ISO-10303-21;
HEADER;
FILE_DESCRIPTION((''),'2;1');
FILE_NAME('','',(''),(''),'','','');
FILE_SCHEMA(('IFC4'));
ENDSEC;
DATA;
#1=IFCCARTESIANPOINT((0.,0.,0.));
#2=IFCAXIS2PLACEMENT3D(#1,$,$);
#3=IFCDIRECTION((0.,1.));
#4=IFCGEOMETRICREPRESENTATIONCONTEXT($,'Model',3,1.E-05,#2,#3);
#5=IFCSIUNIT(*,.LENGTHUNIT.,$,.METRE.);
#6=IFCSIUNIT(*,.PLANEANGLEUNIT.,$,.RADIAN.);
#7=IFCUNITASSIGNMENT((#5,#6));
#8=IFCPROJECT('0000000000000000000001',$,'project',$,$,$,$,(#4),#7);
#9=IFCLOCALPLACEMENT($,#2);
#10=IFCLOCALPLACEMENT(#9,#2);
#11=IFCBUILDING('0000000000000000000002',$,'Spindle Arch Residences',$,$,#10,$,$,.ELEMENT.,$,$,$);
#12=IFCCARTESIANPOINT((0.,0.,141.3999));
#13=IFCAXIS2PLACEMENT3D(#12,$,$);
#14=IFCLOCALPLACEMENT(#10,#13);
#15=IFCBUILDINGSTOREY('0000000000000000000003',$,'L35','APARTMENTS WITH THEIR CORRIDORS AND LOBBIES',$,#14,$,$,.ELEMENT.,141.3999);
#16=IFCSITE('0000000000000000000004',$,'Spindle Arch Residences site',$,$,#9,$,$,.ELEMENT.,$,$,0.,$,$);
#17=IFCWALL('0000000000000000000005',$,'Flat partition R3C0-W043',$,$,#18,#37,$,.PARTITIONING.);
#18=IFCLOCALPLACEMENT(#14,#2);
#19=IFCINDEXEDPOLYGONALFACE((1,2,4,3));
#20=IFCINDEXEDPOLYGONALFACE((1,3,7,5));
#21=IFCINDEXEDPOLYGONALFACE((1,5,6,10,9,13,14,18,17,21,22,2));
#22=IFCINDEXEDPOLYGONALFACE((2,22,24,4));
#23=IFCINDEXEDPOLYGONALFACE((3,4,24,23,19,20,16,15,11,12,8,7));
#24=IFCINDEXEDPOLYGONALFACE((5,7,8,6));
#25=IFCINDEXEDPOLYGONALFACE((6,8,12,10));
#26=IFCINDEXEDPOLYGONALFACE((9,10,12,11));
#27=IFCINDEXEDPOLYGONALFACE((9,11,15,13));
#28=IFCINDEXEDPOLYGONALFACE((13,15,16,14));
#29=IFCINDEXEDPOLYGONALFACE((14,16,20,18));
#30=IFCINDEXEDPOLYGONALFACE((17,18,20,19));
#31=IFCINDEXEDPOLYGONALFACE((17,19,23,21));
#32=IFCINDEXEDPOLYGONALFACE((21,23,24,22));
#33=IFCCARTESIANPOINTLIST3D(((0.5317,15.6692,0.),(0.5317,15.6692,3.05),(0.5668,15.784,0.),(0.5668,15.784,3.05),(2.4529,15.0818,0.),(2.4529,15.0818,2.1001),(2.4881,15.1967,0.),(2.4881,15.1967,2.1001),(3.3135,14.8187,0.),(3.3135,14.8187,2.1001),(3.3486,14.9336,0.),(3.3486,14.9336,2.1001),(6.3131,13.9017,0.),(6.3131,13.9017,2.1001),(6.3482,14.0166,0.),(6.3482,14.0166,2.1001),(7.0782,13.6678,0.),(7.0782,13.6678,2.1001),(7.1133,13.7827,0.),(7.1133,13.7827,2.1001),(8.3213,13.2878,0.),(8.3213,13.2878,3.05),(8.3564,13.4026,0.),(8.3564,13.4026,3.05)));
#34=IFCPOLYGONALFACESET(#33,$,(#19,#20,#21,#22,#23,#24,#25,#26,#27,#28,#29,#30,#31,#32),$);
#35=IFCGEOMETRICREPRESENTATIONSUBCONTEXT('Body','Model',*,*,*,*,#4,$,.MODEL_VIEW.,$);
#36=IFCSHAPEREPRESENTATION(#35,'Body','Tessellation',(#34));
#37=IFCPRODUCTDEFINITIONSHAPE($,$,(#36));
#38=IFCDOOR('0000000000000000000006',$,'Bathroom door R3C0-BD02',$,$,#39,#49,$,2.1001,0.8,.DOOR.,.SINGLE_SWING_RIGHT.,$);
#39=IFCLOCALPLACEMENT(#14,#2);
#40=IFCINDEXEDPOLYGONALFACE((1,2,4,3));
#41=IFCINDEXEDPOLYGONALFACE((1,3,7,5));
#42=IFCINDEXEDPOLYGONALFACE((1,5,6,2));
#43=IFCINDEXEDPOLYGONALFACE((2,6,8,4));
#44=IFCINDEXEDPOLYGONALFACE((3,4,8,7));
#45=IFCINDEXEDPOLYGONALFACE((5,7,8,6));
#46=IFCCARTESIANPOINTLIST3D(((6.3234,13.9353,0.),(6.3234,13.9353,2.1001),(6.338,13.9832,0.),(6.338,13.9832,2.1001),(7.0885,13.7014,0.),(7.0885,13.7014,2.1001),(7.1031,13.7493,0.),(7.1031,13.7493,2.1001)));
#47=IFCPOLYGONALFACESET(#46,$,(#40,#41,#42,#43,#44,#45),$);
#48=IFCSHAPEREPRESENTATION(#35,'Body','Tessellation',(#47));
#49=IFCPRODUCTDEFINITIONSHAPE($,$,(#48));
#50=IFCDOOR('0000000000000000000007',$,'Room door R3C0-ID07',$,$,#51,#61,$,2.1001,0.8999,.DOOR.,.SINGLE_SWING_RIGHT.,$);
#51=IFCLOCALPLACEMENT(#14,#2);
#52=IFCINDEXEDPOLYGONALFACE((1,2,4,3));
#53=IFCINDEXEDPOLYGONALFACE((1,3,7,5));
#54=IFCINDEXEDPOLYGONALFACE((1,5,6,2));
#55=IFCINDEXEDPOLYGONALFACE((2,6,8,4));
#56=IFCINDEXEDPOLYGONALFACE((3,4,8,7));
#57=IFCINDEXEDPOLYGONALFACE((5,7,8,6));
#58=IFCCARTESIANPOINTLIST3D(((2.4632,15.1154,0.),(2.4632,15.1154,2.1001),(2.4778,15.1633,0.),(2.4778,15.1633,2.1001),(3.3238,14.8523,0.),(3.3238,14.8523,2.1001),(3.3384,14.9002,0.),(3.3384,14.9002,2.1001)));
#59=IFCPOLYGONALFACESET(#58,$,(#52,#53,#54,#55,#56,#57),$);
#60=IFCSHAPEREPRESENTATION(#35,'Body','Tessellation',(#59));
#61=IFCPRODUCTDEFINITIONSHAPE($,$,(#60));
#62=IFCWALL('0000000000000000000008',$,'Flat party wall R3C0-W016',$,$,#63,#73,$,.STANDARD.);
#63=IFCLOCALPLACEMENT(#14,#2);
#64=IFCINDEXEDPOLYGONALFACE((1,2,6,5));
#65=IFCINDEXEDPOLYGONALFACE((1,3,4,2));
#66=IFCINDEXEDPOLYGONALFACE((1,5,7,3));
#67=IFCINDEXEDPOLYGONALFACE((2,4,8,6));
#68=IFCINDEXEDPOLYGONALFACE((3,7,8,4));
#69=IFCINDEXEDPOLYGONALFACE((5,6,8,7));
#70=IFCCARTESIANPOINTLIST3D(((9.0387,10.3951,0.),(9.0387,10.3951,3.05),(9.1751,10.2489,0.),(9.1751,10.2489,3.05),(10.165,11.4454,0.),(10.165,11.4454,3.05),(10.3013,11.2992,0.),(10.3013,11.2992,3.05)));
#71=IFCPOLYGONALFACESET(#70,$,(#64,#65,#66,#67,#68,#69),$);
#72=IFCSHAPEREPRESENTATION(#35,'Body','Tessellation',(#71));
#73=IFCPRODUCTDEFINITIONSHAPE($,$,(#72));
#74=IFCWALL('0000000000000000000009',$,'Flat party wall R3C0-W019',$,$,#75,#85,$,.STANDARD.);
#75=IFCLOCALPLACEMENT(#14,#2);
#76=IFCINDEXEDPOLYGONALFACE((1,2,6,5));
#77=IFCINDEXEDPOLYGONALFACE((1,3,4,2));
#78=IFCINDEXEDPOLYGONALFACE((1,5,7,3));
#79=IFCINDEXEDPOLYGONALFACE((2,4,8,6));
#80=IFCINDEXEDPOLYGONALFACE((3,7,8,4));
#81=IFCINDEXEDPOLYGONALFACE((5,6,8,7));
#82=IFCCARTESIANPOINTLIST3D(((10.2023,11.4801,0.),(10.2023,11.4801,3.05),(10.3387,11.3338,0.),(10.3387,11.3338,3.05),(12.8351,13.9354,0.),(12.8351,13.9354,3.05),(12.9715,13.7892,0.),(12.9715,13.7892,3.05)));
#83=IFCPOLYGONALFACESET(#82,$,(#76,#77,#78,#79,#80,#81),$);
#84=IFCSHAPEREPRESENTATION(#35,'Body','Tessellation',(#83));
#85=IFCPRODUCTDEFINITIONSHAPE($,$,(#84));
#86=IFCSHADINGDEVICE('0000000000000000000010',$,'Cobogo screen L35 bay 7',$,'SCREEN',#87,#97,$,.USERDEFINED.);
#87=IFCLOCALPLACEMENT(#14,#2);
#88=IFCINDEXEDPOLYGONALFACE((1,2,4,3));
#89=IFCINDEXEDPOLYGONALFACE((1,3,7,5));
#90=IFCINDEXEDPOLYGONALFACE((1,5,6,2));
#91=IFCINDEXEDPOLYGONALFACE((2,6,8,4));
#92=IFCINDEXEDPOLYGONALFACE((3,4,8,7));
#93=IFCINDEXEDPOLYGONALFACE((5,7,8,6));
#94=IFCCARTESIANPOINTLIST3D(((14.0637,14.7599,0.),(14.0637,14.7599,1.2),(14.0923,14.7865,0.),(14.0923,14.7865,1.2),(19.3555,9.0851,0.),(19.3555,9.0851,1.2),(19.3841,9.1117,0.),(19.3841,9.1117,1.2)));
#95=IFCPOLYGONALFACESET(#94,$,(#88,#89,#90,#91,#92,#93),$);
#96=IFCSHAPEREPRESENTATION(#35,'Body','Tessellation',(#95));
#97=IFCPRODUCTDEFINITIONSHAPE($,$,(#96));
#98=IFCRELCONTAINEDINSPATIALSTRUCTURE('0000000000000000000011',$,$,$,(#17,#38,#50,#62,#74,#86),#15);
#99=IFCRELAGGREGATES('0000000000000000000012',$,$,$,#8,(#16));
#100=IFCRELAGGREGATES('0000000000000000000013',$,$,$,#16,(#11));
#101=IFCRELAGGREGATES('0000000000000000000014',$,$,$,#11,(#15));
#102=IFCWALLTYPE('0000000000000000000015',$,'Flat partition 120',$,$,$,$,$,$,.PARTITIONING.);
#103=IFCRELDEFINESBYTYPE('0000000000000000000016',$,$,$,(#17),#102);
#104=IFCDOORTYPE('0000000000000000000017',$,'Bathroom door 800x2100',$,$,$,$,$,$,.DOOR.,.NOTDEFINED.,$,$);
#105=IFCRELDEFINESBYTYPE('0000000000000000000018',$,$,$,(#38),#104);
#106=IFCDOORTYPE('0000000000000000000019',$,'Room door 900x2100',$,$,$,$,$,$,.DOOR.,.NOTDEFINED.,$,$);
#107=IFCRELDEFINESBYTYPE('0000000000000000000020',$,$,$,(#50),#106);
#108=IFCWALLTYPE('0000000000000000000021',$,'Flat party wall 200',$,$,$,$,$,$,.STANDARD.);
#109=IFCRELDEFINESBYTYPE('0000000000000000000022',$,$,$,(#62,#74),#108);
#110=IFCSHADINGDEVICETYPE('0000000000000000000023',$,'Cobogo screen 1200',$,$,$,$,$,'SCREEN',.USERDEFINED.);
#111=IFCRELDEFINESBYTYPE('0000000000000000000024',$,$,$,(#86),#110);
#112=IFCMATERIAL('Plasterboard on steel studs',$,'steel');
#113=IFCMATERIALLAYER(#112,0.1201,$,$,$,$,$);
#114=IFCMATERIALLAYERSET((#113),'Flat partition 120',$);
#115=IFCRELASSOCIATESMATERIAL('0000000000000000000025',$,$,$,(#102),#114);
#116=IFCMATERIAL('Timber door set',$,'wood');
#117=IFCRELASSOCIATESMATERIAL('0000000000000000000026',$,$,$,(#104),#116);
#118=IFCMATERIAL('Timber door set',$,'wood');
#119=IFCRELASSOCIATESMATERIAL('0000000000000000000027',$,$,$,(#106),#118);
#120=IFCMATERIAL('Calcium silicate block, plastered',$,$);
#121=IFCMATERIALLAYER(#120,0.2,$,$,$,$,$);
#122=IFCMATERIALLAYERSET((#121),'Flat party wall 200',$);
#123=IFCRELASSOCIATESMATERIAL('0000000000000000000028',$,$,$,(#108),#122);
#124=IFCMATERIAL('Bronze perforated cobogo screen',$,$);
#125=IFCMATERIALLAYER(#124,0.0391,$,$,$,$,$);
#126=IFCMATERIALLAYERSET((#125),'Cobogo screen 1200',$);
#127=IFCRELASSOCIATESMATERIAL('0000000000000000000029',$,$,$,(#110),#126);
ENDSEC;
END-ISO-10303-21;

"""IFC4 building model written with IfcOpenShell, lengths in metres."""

from ifc_helpers import new_model, si_unit, direction, frame, frame_2d, origin, origin_2d, place, context, subcontext, project, spatial, rectangle, extrude, material, layer, layer_set, type_object, element, fill, save


model = new_model("IFC4")

# Units and contexts
model_context = context("Model", 3, precision=1e-05, world=origin(), true_north=direction((0.0, 1.0)))
body_context = subcontext(model_context, "Body", "Model", "MODEL_VIEW")
ifc_project = project(units=[si_unit("LENGTHUNIT", "METRE"), si_unit("PLANEANGLEUNIT", "RADIAN")], contexts=[model_context])

# Site, building, storey
site_placement = place(None, origin())
site = spatial("IfcSite", under=ifc_project, at=site_placement, Name="Spindle Arch Residences site", CompositionType="ELEMENT", RefElevation=0.0)
building_placement = place(site_placement, origin())
building = spatial("IfcBuilding", under=site, at=building_placement, Name="Spindle Arch Residences", CompositionType="ELEMENT")
storey_placement = place(building_placement, frame((0.0, 0.0, 141.3999)))
storey = spatial("IfcBuildingStorey", under=building, at=storey_placement, Name="L35", Description="APARTMENTS WITH THEIR CORRIDORS AND LOBBIES", CompositionType="ELEMENT", Elevation=141.3999)

# Wall, openings, doors
ifc_material_1 = material(Name="Plasterboard on steel studs", Category="steel")
ifc_layer_1 = layer(ifc_material_1, 0.1201)
ifc_layer_set_1 = layer_set([ifc_layer_1], Name="Flat partition 120")
wall_type_1 = type_object("IfcWallType", Name="Flat partition 120", PredefinedType="PARTITIONING", material=ifc_layer_set_1)
wall_1_placement = place(storey_placement, frame((8.3389, 13.3452, 0.0), z_axis=(0.0, 0.0, 1.0), x_axis=(-0.95631, 0.292354, 0.0)))
wall_1 = element("IfcWall", 1, at=wall_1_placement, inside=storey, type_object=wall_type_1, Name="Flat partition R3C0-W043", PredefinedType="PARTITIONING", context=body_context, shape_type="SweptSolid", body=[
    extrude(rectangle(XDim=8.1455, YDim=0.1201, at=frame_2d((4.0728, 0.0))), origin(), (0.0, 0.0, 1.0), 3.05),
])
opening_1_placement = place(wall_1_placement, frame((1.3, 0.0, 0.0)))
opening_1 = element("IfcOpeningElement", 2, at=opening_1_placement, cuts=wall_1, PredefinedType="OPENING", context=body_context, shape_type="SweptSolid", body=[
    extrude(rectangle(XDim=0.8, YDim=2.1001, at=frame_2d((0.3999, 1.05))), frame((0.0, 0.0701, 0.0), z_axis=(0.0, -1.0, 0.0), x_axis=(1.0, 0.0, 0.0)), (0.0, 0.0, 1.0), 0.1401),
])
opening_2_placement = place(wall_1_placement, frame((5.2366, 0.0, 0.0)))
opening_2 = element("IfcOpeningElement", 3, at=opening_2_placement, cuts=wall_1, PredefinedType="OPENING", context=body_context, shape_type="SweptSolid", body=[
    extrude(rectangle(XDim=0.8999, YDim=2.1001, at=frame_2d((0.45, 1.05))), frame((0.0, 0.0701, 0.0), z_axis=(0.0, -1.0, 0.0), x_axis=(1.0, 0.0, 0.0)), (0.0, 0.0, 1.0), 0.1401),
])
ifc_material_2 = material(Name="Timber door set", Category="wood")
door_type_1 = type_object("IfcDoorType", Name="Bathroom door 800x2100", OperationType="NOTDEFINED", PredefinedType="DOOR", material=ifc_material_2)
door_1_placement = place(opening_1_placement, origin())
door_1 = element("IfcDoor", 4, at=door_1_placement, inside=storey, type_object=door_type_1, Name="Bathroom door R3C0-BD02", OperationType="SINGLE_SWING_RIGHT", OverallHeight=2.1001, OverallWidth=0.8, PredefinedType="DOOR", context=body_context, shape_type="SweptSolid", body=[
    extrude(rectangle(XDim=0.8, YDim=2.1001, at=frame_2d((0.3999, 1.05))), frame((0.0, 0.0249, 0.0), z_axis=(0.0, -1.0, 0.0), x_axis=(1.0, 0.0, 0.0)), (0.0, 0.0, 1.0), 0.05),
])
fill(opening_1, door_1)
ifc_material_3 = material(Name="Timber door set", Category="wood")
door_type_2 = type_object("IfcDoorType", Name="Room door 900x2100", OperationType="NOTDEFINED", PredefinedType="DOOR", material=ifc_material_3)
door_2_placement = place(opening_2_placement, origin())
door_2 = element("IfcDoor", 5, at=door_2_placement, inside=storey, type_object=door_type_2, Name="Room door R3C0-ID07", OperationType="SINGLE_SWING_RIGHT", OverallHeight=2.1001, OverallWidth=0.8999, PredefinedType="DOOR", context=body_context, shape_type="SweptSolid", body=[
    extrude(rectangle(XDim=0.8999, YDim=2.1001, at=frame_2d((0.45, 1.05))), frame((0.0, 0.0249, 0.0), z_axis=(0.0, -1.0, 0.0), x_axis=(1.0, 0.0, 0.0)), (0.0, 0.0, 1.0), 0.05),
])
fill(opening_2, door_2)

# Walls
ifc_material_4 = material(Name="Calcium silicate block, plastered")
ifc_layer_2 = layer(ifc_material_4, 0.2)
ifc_layer_set_2 = layer_set([ifc_layer_2], Name="Flat party wall 200")
wall_type_2 = type_object("IfcWallType", Name="Flat party wall 200", PredefinedType="STANDARD", material=ifc_layer_set_2)
wall_2_placement = place(storey_placement, frame((10.2332, 11.3723, 0.0), z_axis=(0.0, 0.0, 1.0), x_axis=(-0.731329, -0.682024, 0.0)))
element("IfcWall", 6, at=wall_2_placement, inside=storey, type_object=wall_type_2, Name="Flat party wall R3C0-W016", PredefinedType="STANDARD", context=body_context, shape_type="SweptSolid", body=[
    extrude(rectangle(XDim=1.54, YDim=0.2, at=frame_2d((0.77, 0.0))), origin(), (0.0, 0.0, 1.0), 3.05),
])
wall_3_placement = place(storey_placement, frame((12.9033, 13.8623, 0.0), z_axis=(0.0, 0.0, 1.0), x_axis=(-0.731328, -0.682026, 0.0)))
element("IfcWall", 7, at=wall_3_placement, inside=storey, type_object=wall_type_2, Name="Flat party wall R3C0-W019", PredefinedType="STANDARD", context=body_context, shape_type="SweptSolid", body=[
    extrude(rectangle(XDim=3.6001, YDim=0.2, at=frame_2d((1.8, 0.0))), origin(), (0.0, 0.0, 1.0), 3.05),
])

# Shading device
ifc_material_5 = material(Name="Bronze perforated cobogo screen")
ifc_layer_3 = layer(ifc_material_5, 0.0391)
ifc_layer_set_3 = layer_set([ifc_layer_3], Name="Cobogo screen 1200")
shading_device_type = type_object("IfcShadingDeviceType", Name="Cobogo screen 1200", ElementType="SCREEN", PredefinedType="USERDEFINED", material=ifc_layer_set_3)
shading_device_placement = place(storey_placement, frame((16.7239, 11.9358, 0.0), z_axis=(0.0, 0.0, 1.0), x_axis=(-0.681998, 0.731354, 0.0)))
element("IfcShadingDevice", 8, at=shading_device_placement, inside=storey, type_object=shading_device_type, Name="Cobogo screen L35 bay 7", ObjectType="SCREEN", PredefinedType="USERDEFINED", context=body_context, shape_type="SweptSolid", body=[
    extrude(rectangle(XDim=7.7593, YDim=0.0391, at=origin_2d()), origin(), (0.0, 0.0, 1.0), 1.2),
])

save(model, "model.ifc")
